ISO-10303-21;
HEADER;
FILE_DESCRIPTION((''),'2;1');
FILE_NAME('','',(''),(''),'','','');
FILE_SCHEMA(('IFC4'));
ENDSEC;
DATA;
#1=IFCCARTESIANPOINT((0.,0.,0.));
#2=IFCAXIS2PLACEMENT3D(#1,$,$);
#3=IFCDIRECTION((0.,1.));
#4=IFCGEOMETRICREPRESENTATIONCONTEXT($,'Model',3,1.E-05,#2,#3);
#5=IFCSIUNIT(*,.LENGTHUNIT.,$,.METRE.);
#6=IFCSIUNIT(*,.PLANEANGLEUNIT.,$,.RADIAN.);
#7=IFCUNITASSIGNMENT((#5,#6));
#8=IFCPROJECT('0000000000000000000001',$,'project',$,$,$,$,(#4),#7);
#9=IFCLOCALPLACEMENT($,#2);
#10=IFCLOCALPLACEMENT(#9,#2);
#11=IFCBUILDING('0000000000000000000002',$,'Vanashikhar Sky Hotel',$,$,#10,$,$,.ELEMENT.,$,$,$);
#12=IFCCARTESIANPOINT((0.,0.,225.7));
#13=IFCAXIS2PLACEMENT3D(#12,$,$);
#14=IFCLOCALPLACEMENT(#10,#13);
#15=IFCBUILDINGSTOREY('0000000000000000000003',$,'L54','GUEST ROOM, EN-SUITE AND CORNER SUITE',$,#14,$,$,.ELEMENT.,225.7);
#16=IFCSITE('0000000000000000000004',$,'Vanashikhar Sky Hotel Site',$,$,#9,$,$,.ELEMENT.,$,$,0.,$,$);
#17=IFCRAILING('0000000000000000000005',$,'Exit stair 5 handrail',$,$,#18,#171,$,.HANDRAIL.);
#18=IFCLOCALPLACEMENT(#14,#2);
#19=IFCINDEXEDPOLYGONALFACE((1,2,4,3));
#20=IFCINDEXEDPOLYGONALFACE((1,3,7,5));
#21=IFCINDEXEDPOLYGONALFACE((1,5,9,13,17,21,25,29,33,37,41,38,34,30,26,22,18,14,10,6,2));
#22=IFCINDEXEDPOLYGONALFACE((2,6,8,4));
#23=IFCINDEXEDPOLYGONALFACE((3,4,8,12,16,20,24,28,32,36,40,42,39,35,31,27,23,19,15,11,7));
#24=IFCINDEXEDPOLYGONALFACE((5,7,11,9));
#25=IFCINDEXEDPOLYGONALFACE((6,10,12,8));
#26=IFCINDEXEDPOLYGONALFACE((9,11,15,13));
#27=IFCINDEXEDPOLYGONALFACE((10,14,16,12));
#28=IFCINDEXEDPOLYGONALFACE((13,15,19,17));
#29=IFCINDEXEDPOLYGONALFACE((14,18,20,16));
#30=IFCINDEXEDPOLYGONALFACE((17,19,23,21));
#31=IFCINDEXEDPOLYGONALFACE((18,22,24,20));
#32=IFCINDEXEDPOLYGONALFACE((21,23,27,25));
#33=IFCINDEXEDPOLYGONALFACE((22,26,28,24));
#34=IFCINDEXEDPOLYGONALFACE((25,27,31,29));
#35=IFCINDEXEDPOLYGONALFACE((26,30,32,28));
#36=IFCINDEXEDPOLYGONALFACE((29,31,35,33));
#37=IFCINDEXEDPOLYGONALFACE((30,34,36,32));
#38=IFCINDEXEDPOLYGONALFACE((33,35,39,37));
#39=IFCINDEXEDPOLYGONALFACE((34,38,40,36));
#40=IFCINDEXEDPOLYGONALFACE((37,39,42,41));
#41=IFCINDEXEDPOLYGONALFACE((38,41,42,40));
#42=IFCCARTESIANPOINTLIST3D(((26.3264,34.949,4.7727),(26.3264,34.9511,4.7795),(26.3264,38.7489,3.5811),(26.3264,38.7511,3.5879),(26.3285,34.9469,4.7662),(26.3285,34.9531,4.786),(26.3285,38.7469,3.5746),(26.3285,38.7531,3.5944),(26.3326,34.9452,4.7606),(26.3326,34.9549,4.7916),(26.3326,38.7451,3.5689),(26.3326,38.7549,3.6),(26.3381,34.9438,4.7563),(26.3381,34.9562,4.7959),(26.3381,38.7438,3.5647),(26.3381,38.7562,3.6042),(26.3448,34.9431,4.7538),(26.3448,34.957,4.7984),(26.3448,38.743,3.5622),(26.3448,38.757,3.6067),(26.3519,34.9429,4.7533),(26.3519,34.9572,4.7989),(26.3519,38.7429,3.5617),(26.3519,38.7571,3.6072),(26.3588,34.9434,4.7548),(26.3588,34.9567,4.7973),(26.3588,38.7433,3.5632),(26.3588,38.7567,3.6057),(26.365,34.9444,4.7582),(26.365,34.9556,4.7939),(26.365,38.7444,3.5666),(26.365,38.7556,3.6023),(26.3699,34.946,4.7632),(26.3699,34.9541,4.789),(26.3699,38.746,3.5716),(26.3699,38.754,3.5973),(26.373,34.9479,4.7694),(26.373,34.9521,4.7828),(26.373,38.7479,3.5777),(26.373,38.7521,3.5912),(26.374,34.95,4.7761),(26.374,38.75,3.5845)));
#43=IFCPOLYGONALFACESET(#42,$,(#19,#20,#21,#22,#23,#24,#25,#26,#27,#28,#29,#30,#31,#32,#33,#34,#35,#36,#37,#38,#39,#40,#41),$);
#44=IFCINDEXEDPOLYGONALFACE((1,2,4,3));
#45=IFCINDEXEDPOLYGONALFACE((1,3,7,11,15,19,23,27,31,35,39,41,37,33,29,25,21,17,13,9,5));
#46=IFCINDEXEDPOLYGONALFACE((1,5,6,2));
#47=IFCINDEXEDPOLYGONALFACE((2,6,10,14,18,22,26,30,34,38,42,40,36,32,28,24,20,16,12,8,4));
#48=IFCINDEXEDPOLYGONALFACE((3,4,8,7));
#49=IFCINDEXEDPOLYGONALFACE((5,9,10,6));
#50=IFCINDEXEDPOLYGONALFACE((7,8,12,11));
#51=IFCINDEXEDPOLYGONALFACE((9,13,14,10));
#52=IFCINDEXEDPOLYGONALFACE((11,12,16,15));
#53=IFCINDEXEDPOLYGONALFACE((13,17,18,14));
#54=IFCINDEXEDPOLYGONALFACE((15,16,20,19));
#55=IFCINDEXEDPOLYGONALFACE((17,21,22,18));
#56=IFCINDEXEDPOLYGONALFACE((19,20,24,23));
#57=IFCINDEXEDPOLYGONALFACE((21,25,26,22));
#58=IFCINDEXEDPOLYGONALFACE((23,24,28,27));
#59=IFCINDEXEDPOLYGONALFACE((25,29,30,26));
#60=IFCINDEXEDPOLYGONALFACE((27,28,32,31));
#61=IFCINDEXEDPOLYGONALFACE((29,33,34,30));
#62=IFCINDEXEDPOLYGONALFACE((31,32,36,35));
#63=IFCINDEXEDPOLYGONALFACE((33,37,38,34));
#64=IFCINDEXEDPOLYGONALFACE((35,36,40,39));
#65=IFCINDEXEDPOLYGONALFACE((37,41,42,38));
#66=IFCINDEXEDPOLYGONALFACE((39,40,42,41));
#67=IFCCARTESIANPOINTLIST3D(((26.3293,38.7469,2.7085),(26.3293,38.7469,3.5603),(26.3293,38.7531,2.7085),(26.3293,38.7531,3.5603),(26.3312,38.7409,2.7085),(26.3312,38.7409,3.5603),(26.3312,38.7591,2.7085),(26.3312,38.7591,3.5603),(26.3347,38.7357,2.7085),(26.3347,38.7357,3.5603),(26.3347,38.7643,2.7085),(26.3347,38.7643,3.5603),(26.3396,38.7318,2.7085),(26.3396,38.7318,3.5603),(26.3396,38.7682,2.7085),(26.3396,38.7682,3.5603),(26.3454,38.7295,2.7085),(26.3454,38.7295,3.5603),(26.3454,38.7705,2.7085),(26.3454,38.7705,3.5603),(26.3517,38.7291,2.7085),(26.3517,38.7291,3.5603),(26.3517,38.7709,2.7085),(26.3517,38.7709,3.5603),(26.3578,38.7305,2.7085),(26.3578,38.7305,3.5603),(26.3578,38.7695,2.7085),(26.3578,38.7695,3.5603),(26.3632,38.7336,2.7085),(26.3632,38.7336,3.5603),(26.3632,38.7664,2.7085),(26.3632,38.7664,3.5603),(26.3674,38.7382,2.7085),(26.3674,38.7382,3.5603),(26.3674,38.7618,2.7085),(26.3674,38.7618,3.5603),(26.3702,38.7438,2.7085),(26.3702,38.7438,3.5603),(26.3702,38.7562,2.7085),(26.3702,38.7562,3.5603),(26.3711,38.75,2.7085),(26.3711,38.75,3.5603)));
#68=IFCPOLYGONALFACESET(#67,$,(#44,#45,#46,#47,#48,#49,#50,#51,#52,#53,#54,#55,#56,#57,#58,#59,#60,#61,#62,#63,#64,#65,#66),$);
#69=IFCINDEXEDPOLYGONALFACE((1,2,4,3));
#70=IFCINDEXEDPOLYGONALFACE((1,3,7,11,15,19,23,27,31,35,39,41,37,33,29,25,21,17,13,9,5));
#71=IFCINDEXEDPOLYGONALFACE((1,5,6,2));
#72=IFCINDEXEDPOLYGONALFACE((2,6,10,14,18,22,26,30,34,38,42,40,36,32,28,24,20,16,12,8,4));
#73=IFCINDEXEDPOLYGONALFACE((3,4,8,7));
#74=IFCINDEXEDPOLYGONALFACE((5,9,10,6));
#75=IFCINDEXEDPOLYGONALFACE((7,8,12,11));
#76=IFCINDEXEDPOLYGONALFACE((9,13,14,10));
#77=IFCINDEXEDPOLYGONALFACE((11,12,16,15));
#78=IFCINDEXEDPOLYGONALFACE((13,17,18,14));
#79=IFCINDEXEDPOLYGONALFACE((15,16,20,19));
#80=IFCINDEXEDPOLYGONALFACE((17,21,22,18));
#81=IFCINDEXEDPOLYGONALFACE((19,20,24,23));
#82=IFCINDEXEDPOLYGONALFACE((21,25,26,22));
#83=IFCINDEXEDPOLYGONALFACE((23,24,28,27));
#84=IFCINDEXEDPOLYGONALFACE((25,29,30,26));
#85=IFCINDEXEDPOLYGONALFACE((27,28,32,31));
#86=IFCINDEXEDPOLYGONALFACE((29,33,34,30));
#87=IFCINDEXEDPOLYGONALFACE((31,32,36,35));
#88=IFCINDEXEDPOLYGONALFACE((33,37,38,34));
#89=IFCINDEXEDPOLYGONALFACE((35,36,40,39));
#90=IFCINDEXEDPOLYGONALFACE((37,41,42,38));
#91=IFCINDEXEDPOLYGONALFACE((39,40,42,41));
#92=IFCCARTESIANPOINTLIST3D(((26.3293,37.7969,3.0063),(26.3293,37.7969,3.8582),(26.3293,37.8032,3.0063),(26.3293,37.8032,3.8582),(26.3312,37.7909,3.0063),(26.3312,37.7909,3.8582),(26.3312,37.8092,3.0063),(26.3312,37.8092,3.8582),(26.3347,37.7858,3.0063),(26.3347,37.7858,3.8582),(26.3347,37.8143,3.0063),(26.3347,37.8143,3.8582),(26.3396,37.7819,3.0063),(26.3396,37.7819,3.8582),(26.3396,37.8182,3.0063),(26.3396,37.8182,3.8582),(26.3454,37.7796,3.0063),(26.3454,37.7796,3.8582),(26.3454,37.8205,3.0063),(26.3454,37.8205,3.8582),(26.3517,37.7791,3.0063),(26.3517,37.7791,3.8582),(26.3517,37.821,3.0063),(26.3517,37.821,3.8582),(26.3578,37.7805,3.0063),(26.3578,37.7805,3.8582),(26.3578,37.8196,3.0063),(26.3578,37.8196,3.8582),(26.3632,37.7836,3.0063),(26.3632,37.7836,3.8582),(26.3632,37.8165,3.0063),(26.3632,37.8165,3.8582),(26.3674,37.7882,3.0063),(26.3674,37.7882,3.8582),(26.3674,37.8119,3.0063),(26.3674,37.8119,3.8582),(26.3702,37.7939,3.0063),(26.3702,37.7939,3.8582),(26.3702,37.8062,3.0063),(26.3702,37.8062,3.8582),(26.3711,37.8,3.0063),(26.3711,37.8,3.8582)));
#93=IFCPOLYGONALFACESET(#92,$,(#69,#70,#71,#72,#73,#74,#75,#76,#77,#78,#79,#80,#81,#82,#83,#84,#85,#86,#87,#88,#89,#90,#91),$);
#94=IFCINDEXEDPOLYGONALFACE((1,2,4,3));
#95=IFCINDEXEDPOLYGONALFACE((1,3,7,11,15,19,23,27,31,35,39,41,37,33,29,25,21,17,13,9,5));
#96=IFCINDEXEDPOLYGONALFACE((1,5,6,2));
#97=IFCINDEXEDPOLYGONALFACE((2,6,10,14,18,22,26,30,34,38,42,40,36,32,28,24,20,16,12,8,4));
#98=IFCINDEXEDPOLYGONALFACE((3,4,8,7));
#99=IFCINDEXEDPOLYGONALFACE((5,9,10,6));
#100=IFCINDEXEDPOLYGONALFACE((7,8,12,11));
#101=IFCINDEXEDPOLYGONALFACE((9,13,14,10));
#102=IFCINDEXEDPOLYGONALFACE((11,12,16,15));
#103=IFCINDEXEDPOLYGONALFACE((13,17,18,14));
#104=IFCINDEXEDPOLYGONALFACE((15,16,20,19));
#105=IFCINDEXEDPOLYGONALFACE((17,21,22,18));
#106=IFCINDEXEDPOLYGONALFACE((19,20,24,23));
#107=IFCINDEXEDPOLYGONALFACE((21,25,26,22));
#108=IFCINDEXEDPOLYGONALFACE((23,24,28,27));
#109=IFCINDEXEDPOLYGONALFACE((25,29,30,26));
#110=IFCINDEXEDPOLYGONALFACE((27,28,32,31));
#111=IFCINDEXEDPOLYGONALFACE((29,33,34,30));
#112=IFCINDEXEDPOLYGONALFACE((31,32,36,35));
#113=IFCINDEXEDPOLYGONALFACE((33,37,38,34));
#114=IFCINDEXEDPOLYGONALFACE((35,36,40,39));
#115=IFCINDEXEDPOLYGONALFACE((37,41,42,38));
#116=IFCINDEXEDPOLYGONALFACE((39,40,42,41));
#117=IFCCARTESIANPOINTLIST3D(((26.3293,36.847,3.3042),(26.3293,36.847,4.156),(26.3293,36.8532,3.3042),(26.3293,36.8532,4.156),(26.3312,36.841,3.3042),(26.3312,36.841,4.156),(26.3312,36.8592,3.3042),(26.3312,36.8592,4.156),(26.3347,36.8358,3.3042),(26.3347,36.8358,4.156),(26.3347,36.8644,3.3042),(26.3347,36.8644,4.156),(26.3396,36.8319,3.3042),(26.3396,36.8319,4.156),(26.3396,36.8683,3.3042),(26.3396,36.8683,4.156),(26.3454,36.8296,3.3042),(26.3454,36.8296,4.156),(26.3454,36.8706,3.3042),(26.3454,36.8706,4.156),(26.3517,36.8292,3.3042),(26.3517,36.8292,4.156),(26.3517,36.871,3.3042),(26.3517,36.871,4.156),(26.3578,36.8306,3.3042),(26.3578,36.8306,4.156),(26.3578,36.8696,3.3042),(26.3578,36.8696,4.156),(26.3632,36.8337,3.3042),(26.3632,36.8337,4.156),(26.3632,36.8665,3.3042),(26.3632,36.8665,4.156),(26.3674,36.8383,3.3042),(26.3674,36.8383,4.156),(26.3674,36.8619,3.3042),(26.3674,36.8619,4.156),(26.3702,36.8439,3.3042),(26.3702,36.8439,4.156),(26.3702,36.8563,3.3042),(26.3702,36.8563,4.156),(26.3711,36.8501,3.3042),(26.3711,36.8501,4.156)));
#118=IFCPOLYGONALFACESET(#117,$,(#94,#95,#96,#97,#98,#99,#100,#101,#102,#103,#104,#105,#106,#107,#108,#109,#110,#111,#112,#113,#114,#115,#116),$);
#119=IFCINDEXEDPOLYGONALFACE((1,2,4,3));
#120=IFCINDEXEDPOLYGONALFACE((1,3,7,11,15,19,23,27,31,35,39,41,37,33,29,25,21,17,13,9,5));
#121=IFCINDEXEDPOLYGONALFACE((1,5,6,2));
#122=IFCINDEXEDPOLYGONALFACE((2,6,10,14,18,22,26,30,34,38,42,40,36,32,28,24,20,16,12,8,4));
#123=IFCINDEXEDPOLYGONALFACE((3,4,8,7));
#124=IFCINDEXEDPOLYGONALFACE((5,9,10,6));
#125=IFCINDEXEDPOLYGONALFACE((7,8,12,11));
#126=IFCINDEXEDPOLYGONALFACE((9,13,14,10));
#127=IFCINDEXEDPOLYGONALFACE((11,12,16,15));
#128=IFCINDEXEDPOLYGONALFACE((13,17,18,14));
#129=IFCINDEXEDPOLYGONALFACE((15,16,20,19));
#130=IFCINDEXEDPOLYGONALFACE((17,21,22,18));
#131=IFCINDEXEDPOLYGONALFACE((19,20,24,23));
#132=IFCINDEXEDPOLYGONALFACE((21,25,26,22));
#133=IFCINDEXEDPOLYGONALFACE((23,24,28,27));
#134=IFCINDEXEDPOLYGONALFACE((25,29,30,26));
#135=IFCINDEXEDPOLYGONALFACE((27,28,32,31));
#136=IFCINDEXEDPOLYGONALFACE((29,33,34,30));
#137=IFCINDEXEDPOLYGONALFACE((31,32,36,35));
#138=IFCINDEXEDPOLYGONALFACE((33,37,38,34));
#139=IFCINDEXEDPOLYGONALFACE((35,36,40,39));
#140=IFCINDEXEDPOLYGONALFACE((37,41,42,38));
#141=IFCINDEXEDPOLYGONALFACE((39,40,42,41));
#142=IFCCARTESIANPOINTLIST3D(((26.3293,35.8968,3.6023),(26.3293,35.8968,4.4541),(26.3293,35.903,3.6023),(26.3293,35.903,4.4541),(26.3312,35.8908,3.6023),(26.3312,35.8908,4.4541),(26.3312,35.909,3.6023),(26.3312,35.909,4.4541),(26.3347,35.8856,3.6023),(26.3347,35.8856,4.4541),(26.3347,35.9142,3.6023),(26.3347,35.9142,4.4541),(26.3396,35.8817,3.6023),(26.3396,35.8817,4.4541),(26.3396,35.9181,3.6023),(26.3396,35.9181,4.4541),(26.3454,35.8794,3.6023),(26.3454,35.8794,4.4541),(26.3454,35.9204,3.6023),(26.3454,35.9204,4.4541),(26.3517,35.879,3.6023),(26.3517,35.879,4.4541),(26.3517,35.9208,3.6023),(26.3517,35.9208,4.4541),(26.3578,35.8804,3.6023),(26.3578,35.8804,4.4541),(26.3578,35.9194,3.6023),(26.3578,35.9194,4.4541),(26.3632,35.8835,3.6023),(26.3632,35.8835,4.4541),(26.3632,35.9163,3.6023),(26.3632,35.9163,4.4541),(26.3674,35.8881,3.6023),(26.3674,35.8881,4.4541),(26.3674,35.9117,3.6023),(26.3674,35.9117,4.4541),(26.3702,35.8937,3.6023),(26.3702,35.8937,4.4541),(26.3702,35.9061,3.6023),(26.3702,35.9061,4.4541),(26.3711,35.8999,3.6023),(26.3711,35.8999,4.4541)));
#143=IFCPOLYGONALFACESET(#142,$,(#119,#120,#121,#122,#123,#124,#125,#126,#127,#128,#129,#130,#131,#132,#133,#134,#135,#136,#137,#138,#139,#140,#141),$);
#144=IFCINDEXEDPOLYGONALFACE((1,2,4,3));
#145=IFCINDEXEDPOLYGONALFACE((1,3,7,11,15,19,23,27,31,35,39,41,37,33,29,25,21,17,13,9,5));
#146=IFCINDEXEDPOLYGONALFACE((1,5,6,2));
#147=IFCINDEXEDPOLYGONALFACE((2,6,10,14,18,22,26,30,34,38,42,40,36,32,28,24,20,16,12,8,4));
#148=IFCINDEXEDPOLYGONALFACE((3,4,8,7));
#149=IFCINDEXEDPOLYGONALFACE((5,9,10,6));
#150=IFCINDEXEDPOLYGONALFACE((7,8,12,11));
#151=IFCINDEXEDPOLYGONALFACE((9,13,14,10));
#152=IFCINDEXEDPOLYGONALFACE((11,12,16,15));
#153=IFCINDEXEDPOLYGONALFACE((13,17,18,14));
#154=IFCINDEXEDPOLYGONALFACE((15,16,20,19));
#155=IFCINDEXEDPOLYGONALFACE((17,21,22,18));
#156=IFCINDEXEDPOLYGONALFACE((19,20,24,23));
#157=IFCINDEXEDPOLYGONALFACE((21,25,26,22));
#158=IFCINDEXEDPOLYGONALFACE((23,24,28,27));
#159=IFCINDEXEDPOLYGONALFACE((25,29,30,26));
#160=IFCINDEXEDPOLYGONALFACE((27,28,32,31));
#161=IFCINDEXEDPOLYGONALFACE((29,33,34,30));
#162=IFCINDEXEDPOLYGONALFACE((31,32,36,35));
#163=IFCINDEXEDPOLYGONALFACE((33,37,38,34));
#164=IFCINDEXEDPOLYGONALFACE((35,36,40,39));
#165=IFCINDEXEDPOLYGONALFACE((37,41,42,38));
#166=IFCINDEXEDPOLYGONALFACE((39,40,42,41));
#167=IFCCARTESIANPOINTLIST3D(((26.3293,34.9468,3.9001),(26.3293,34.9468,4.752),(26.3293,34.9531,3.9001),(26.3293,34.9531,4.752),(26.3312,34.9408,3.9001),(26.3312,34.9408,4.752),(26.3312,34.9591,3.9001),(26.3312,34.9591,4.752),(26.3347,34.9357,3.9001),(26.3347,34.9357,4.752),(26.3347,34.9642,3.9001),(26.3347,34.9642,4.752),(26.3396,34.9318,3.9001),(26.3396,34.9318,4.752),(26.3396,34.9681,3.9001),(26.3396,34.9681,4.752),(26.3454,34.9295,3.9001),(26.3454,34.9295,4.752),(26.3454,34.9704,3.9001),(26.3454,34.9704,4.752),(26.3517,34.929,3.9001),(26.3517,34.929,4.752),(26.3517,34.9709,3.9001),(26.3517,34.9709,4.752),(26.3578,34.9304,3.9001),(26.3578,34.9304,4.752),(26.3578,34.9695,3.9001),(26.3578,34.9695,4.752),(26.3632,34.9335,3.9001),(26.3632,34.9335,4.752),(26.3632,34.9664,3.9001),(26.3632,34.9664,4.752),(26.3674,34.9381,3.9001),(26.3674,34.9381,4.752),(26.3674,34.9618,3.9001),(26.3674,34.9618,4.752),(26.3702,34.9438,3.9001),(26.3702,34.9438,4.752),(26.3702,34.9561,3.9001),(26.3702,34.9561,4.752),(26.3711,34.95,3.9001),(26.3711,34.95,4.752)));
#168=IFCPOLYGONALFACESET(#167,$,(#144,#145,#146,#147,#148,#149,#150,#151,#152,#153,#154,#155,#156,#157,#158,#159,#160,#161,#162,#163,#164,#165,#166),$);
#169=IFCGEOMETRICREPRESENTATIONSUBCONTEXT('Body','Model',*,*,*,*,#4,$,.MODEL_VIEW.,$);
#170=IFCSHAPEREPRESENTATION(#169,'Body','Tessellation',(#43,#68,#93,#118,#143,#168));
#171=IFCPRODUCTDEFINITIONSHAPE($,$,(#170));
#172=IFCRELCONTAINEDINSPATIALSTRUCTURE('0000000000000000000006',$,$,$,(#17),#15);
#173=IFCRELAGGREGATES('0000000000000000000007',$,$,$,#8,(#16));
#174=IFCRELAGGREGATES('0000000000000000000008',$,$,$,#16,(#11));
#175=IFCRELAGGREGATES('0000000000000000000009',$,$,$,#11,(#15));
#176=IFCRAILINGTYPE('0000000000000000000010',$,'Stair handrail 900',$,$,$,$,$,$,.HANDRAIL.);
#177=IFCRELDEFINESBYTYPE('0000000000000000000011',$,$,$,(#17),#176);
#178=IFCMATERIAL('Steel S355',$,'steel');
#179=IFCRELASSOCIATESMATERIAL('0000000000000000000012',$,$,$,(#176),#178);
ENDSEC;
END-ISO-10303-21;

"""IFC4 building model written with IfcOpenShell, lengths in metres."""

from ifc_helpers import new_model, si_unit, direction, frame, origin, origin_2d, place, context, subcontext, project, spatial, circle, extrude, source, transform, mapped, material, type_object, element, save


model = new_model("IFC4")

# Units and contexts
model_context = context("Model", 3, precision=1e-05, world=origin(), true_north=direction((0.0, 1.0)))
body_context = subcontext(model_context, "Body", "Model", "MODEL_VIEW")
ifc_project = project(units=[si_unit("LENGTHUNIT", "METRE"), si_unit("PLANEANGLEUNIT", "RADIAN")], contexts=[model_context])

# Site, building, storey
site_placement = place(None, origin())
site = spatial("IfcSite", under=ifc_project, at=site_placement, Name="Vanashikhar Sky Hotel Site", CompositionType="ELEMENT", RefElevation=0.0)
building_placement = place(site_placement, origin())
building = spatial("IfcBuilding", under=site, at=building_placement, Name="Vanashikhar Sky Hotel", CompositionType="ELEMENT")
storey_placement = place(building_placement, frame((0.0, 0.0, 225.7)))
storey = spatial("IfcBuildingStorey", under=building, at=storey_placement, Name="L54", Description="GUEST ROOM, EN-SUITE AND CORNER SUITE", CompositionType="ELEMENT", Elevation=225.7)

# Railing
ifc_material_1 = material(Name="Steel S355", Category="steel")
railing_type_1 = type_object("IfcRailingType", Name="Stair handrail 900", PredefinedType="HANDRAIL", material=ifc_material_1)
shared_shape_1 = source(origin(), body_context, "Body", "SweptSolid", [
    extrude(circle(Radius=0.0239, at=origin_2d()), frame((0.0, 0.0, 0.876), z_axis=(0.0, -0.954184, 0.299221), x_axis=(1.0, 0.0, 0.0)), (0.0, 0.0, 1.0), 3.9824),
    extrude(circle(Radius=0.021, at=origin_2d()), origin(), (0.0, 0.0, 1.0), 0.8518),
    extrude(circle(Radius=0.021, at=origin_2d()), frame((0.0, -0.95, 0.2979)), (0.0, 0.0, 1.0), 0.8518),
    extrude(circle(Radius=0.021, at=origin_2d()), frame((0.0, -1.8999, 0.5957)), (0.0, 0.0, 1.0), 0.8518),
    extrude(circle(Radius=0.021, at=origin_2d()), frame((0.0, -2.8501, 0.8938)), (0.0, 0.0, 1.0), 0.8518),
    extrude(circle(Radius=0.021, at=origin_2d()), frame((0.0, -3.8, 1.1917)), (0.0, 0.0, 1.0), 0.8518),
])
for number, where, name in (
    (1, (26.3501, 38.75, 2.7085), "Exit stair 5 handrail"),
):
    element("IfcRailing", number, at=place(storey_placement, frame(where)), inside=storey, type_object=railing_type_1, Name=name, PredefinedType="HANDRAIL", context=body_context, shape_type="MappedRepresentation", body=[
        mapped(shared_shape_1, transform((0.0, 0.0, 0.0), scale=1.0)),
    ])

save(model, "model.ifc")
